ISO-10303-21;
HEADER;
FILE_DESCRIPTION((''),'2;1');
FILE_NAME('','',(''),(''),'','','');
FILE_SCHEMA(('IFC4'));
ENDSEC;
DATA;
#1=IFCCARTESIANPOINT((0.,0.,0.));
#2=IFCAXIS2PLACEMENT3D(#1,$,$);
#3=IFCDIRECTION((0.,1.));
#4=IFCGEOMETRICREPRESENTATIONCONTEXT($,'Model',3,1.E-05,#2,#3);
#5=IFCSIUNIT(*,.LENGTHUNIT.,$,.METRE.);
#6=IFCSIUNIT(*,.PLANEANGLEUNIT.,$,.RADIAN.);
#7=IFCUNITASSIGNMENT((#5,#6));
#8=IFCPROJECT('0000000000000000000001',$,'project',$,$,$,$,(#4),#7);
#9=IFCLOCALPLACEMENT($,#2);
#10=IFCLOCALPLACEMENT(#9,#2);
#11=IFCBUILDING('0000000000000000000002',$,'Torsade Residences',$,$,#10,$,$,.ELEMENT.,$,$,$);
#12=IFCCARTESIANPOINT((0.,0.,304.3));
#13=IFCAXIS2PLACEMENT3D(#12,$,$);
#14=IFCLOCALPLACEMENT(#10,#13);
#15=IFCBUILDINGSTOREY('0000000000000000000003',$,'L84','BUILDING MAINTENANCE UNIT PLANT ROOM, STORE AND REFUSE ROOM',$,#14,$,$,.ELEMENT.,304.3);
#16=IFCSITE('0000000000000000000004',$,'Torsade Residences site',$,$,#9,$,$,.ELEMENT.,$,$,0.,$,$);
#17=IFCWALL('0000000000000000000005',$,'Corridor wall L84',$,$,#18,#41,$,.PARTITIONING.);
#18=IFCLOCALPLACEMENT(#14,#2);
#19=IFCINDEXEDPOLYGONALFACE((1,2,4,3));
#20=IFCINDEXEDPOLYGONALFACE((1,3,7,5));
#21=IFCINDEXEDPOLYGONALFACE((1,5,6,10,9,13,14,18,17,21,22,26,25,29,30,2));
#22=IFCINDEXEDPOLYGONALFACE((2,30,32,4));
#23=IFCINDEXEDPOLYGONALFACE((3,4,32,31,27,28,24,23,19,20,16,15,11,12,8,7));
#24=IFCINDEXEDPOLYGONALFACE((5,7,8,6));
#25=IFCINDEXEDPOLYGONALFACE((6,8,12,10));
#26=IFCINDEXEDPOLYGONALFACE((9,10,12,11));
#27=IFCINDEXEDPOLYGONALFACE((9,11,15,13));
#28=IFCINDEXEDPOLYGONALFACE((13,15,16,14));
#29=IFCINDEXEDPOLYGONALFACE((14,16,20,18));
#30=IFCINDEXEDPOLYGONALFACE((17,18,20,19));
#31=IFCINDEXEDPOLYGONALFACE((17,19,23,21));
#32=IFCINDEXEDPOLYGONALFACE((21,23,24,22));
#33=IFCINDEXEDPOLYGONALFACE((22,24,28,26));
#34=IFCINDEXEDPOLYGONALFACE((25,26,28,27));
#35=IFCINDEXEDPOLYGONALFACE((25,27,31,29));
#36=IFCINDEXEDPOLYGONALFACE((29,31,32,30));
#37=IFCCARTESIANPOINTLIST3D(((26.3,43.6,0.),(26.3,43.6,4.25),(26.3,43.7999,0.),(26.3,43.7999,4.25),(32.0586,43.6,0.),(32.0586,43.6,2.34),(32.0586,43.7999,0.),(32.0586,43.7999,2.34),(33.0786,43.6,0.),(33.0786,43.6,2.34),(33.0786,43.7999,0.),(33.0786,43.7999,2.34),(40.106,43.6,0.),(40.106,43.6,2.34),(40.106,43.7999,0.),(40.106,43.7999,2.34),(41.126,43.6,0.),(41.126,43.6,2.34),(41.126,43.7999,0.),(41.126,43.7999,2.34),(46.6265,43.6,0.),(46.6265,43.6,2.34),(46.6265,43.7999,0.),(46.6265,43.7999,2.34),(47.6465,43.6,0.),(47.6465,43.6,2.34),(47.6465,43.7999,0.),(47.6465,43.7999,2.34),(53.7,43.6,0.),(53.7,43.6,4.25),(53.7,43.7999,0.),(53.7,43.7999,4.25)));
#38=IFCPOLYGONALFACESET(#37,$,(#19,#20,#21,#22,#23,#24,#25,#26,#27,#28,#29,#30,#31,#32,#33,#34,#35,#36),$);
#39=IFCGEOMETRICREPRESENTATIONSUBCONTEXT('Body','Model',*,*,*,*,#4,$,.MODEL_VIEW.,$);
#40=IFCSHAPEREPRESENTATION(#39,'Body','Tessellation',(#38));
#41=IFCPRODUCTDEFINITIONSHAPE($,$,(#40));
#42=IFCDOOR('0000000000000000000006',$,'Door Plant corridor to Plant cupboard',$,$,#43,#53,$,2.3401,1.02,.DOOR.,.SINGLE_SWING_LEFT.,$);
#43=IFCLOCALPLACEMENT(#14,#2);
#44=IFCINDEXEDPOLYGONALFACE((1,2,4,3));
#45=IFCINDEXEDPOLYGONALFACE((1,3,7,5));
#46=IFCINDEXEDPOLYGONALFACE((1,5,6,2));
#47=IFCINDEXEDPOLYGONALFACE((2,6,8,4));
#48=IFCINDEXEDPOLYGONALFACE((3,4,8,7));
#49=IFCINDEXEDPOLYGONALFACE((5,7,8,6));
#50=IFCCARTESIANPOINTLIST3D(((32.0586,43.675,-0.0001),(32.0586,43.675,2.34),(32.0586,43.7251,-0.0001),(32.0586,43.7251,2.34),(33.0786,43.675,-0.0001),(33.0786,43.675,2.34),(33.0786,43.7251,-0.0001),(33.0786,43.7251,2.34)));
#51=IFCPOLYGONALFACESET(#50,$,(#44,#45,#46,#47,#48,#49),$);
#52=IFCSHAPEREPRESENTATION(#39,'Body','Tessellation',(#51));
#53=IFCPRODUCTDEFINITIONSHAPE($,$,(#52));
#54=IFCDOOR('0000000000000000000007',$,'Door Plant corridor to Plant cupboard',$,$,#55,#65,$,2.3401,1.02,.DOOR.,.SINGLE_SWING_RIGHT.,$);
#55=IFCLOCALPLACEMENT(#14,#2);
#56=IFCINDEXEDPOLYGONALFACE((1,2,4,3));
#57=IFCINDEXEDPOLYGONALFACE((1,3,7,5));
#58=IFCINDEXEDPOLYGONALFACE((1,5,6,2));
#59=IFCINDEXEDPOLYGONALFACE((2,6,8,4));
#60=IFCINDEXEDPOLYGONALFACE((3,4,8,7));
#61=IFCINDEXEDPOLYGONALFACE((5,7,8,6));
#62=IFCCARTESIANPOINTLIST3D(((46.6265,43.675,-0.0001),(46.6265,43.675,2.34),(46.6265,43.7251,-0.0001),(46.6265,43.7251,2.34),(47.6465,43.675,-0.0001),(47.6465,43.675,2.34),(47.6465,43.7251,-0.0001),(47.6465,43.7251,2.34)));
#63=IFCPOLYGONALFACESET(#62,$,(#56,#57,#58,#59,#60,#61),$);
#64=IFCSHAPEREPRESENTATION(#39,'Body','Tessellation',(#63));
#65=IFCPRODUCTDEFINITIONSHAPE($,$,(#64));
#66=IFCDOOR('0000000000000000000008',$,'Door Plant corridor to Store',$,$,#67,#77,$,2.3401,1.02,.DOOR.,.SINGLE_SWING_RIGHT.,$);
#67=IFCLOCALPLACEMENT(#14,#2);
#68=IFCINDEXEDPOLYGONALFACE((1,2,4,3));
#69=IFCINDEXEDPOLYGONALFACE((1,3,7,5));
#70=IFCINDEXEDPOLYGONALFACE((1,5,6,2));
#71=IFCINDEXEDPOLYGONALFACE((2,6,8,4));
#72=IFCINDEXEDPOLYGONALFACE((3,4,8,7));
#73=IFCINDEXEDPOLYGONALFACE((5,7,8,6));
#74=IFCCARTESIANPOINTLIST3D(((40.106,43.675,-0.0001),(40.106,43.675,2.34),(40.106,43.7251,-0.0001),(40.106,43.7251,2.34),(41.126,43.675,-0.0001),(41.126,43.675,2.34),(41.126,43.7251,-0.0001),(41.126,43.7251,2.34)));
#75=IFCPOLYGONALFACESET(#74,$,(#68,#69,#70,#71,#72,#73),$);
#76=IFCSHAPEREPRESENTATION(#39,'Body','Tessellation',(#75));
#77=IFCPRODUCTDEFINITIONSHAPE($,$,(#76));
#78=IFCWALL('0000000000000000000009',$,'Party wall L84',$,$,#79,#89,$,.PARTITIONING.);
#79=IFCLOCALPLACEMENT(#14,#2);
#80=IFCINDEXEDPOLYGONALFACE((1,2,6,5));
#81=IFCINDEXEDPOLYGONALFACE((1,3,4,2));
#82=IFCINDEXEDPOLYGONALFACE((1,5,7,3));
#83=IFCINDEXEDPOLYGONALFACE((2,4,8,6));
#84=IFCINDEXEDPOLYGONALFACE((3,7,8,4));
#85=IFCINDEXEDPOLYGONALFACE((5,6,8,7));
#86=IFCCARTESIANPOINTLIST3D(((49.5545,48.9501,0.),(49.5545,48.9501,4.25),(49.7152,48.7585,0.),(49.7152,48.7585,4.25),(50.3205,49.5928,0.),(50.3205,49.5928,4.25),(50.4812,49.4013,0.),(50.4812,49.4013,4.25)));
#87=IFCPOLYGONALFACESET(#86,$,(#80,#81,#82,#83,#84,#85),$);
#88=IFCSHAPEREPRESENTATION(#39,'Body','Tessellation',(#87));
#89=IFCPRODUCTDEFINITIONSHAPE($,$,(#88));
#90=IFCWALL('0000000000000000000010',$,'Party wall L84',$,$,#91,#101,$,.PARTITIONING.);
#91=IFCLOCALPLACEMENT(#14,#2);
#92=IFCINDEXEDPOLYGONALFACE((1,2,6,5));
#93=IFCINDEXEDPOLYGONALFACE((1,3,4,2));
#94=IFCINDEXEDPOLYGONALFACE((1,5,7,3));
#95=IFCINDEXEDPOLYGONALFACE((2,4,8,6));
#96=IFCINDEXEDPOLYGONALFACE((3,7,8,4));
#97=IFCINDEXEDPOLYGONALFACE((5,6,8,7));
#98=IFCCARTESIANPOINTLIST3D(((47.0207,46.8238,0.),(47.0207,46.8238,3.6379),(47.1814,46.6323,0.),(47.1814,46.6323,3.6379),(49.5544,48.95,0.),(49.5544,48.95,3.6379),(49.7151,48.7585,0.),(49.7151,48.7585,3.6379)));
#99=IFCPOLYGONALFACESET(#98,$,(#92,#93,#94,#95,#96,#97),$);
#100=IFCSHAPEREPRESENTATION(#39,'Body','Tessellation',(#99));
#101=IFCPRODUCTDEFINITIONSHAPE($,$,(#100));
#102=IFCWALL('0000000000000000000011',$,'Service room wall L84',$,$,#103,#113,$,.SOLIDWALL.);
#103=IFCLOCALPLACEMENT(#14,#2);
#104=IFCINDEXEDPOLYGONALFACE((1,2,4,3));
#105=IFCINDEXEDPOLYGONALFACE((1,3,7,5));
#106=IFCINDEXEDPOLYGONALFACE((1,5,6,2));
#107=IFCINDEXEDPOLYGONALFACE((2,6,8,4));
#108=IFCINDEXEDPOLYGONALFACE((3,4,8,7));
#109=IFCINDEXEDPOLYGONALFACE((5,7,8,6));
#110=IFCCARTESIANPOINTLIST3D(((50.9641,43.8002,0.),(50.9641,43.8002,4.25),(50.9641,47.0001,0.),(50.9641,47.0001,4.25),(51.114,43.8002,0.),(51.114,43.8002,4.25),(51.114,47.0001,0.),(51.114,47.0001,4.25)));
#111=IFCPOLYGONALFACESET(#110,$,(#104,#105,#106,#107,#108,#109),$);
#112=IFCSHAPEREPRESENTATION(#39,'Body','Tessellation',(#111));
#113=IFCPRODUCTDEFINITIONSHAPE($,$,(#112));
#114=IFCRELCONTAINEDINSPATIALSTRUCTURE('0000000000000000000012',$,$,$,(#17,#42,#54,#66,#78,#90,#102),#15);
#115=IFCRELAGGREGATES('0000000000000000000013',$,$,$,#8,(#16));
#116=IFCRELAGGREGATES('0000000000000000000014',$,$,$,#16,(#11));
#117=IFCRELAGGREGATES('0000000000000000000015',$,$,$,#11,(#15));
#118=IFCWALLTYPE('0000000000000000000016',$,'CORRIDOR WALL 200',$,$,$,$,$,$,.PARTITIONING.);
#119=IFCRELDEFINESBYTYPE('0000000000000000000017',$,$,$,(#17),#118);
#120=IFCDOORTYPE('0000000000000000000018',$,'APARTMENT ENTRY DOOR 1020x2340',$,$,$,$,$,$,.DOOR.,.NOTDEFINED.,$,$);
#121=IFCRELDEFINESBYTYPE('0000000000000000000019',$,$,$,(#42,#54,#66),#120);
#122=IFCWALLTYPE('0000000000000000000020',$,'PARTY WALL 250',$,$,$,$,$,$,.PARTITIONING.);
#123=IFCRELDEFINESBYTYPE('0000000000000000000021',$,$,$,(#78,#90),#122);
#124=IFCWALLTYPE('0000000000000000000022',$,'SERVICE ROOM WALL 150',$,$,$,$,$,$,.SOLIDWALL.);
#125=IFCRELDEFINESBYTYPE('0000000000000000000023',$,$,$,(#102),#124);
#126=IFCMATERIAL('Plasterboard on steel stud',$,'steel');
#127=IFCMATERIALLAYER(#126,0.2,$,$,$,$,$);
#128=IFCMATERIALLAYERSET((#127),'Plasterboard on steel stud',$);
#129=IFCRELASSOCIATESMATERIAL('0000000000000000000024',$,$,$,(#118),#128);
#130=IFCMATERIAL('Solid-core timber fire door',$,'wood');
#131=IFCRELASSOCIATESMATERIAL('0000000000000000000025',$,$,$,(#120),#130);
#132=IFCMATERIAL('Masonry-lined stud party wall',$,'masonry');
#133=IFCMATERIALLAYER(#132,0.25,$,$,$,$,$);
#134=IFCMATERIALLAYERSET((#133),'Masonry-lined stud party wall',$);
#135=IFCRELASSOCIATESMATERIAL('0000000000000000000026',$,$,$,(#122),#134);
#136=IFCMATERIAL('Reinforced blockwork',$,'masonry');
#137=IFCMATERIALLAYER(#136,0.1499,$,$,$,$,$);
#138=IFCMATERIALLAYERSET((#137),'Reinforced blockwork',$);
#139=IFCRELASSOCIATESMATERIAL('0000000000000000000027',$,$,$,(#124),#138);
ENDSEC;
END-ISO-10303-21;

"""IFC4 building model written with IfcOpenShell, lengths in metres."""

from ifc_helpers import new_model, si_unit, direction, frame, frame_2d, origin, place, context, subcontext, project, spatial, rectangle, extrude, material, layer, layer_set, type_object, element, fill, save


model = new_model("IFC4")

# Units and contexts
model_context = context("Model", 3, precision=1e-05, world=origin(), true_north=direction((0.0, 1.0)))
body_context = subcontext(model_context, "Body", "Model", "MODEL_VIEW")
ifc_project = project(units=[si_unit("LENGTHUNIT", "METRE"), si_unit("PLANEANGLEUNIT", "RADIAN")], contexts=[model_context])

# Site, building, storey
site_placement = place(None, origin())
site = spatial("IfcSite", under=ifc_project, at=site_placement, Name="Torsade Residences site", CompositionType="ELEMENT", RefElevation=0.0)
building_placement = place(site_placement, origin())
building = spatial("IfcBuilding", under=site, at=building_placement, Name="Torsade Residences", CompositionType="ELEMENT")
storey_placement = place(building_placement, frame((0.0, 0.0, 304.3)))
storey = spatial("IfcBuildingStorey", under=building, at=storey_placement, Name="L84", Description="BUILDING MAINTENANCE UNIT PLANT ROOM, STORE AND REFUSE ROOM", CompositionType="ELEMENT", Elevation=304.3)

# Wall, openings, doors
ifc_material_1 = material(Name="Plasterboard on steel stud", Category="steel")
ifc_layer_1 = layer(ifc_material_1, 0.2)
ifc_layer_set_1 = layer_set([ifc_layer_1], Name="Plasterboard on steel stud")
wall_type_1 = type_object("IfcWallType", Name="CORRIDOR WALL 200", PredefinedType="PARTITIONING", material=ifc_layer_set_1)
wall_1_placement = place(storey_placement, frame((53.7, 43.7, 0.0), z_axis=(0.0, 0.0, 1.0), x_axis=(-1.0, 0.0, 0.0)))
wall_1 = element("IfcWall", 1, at=wall_1_placement, inside=storey, type_object=wall_type_1, Name="Corridor wall L84", PredefinedType="PARTITIONING", context=body_context, shape_type="SweptSolid", body=[
    extrude(rectangle(XDim=27.3999, YDim=0.2, at=frame_2d((13.7, 0.0))), origin(), (0.0, 0.0, 1.0), 4.25),
])
opening_1_placement = place(wall_1_placement, frame((20.6213, 0.0, 0.0)))
opening_1 = element("IfcOpeningElement", 2, at=opening_1_placement, cuts=wall_1, PredefinedType="OPENING", context=body_context, shape_type="SweptSolid", body=[
    extrude(rectangle(XDim=1.02, YDim=2.3401, at=frame_2d((0.51, 1.1699))), frame((0.0, 0.1099, 0.0), z_axis=(0.0, -1.0, 0.0), x_axis=(1.0, 0.0, 0.0)), (0.0, 0.0, 1.0), 0.22),
])
opening_2_placement = place(wall_1_placement, frame((6.0535, 0.0, 0.0)))
opening_2 = element("IfcOpeningElement", 3, at=opening_2_placement, cuts=wall_1, PredefinedType="OPENING", context=body_context, shape_type="SweptSolid", body=[
    extrude(rectangle(XDim=1.02, YDim=2.3401, at=frame_2d((0.51, 1.1699))), frame((0.0, 0.1099, 0.0), z_axis=(0.0, -1.0, 0.0), x_axis=(1.0, 0.0, 0.0)), (0.0, 0.0, 1.0), 0.22),
])
opening_3_placement = place(wall_1_placement, frame((12.574, 0.0, 0.0)))
opening_3 = element("IfcOpeningElement", 4, at=opening_3_placement, cuts=wall_1, PredefinedType="OPENING", context=body_context, shape_type="SweptSolid", body=[
    extrude(rectangle(XDim=1.02, YDim=2.3401, at=frame_2d((0.51, 1.1699))), frame((0.0, 0.1099, 0.0), z_axis=(0.0, -1.0, 0.0), x_axis=(1.0, 0.0, 0.0)), (0.0, 0.0, 1.0), 0.22),
])
ifc_material_2 = material(Name="Solid-core timber fire door", Category="wood")
door_type = type_object("IfcDoorType", Name="APARTMENT ENTRY DOOR 1020x2340", OperationType="NOTDEFINED", PredefinedType="DOOR", material=ifc_material_2)
door_1_placement = place(opening_1_placement, origin())
door_1 = element("IfcDoor", 5, at=door_1_placement, inside=storey, type_object=door_type, Name="Door Plant corridor to Plant cupboard", OperationType="SINGLE_SWING_LEFT", OverallHeight=2.3401, OverallWidth=1.02, PredefinedType="DOOR", context=body_context, shape_type="SweptSolid", body=[
    extrude(rectangle(XDim=1.02, YDim=2.3401, at=frame_2d((0.51, 1.1699))), frame((0.0, 0.0249, 0.0), z_axis=(0.0, -1.0, 0.0), x_axis=(1.0, 0.0, 0.0)), (0.0, 0.0, 1.0), 0.05),
])
fill(opening_1, door_1)
door_2_placement = place(opening_2_placement, origin())
door_2 = element("IfcDoor", 6, at=door_2_placement, inside=storey, type_object=door_type, Name="Door Plant corridor to Plant cupboard", OperationType="SINGLE_SWING_RIGHT", OverallHeight=2.3401, OverallWidth=1.02, PredefinedType="DOOR", context=body_context, shape_type="SweptSolid", body=[
    extrude(rectangle(XDim=1.02, YDim=2.3401, at=frame_2d((0.51, 1.1699))), frame((0.0, 0.0249, 0.0), z_axis=(0.0, -1.0, 0.0), x_axis=(1.0, 0.0, 0.0)), (0.0, 0.0, 1.0), 0.05),
])
fill(opening_2, door_2)
door_3_placement = place(opening_3_placement, origin())
door_3 = element("IfcDoor", 7, at=door_3_placement, inside=storey, type_object=door_type, Name="Door Plant corridor to Store", OperationType="SINGLE_SWING_RIGHT", OverallHeight=2.3401, OverallWidth=1.02, PredefinedType="DOOR", context=body_context, shape_type="SweptSolid", body=[
    extrude(rectangle(XDim=1.02, YDim=2.3401, at=frame_2d((0.51, 1.1699))), frame((0.0, 0.0249, 0.0), z_axis=(0.0, -1.0, 0.0), x_axis=(1.0, 0.0, 0.0)), (0.0, 0.0, 1.0), 0.05),
])
fill(opening_3, door_3)

# Walls
ifc_material_3 = material(Name="Masonry-lined stud party wall", Category="masonry")
ifc_layer_2 = layer(ifc_material_3, 0.25)
ifc_layer_set_2 = layer_set([ifc_layer_2], Name="Masonry-lined stud party wall")
wall_type_2 = type_object("IfcWallType", Name="PARTY WALL 250", PredefinedType="PARTITIONING", material=ifc_layer_set_2)
wall_2_placement = place(storey_placement, frame((50.4009, 49.4971, 0.0), z_axis=(0.0, 0.0, 1.0), x_axis=(-0.766056, -0.642774, 0.0)))
element("IfcWall", 8, at=wall_2_placement, inside=storey, type_object=wall_type_2, Name="Party wall L84", PredefinedType="PARTITIONING", context=body_context, shape_type="SweptSolid", body=[
    extrude(rectangle(XDim=1.0, YDim=0.25, at=frame_2d((0.5, 0.0))), origin(), (0.0, 0.0, 1.0), 4.25),
])
wall_3_placement = place(storey_placement, frame((49.6348, 48.8542, 0.0), z_axis=(0.0, 0.0, 1.0), x_axis=(-0.766014, -0.642823, 0.0)))
element("IfcWall", 9, at=wall_3_placement, inside=storey, type_object=wall_type_2, Name="Party wall L84", PredefinedType="PARTITIONING", context=body_context, shape_type="SweptSolid", body=[
    extrude(rectangle(XDim=3.3076, YDim=0.25, at=frame_2d((1.6538, 0.0))), origin(), (0.0, 0.0, 1.0), 3.6379),
])
ifc_material_4 = material(Name="Reinforced blockwork", Category="masonry")
ifc_layer_3 = layer(ifc_material_4, 0.1499)
ifc_layer_set_3 = layer_set([ifc_layer_3], Name="Reinforced blockwork")
wall_type_3 = type_object("IfcWallType", Name="SERVICE ROOM WALL 150", PredefinedType="SOLIDWALL", material=ifc_layer_set_3)
wall_4_placement = place(storey_placement, frame((51.0391, 43.8, 0.0), z_axis=(0.0, 0.0, 1.0), x_axis=(0.0, 1.0, 0.0)))
element("IfcWall", 10, at=wall_4_placement, inside=storey, type_object=wall_type_3, Name="Service room wall L84", PredefinedType="SOLIDWALL", context=body_context, shape_type="SweptSolid", body=[
    extrude(rectangle(XDim=3.2, YDim=0.1499, at=frame_2d((1.6001, 0.0))), origin(), (0.0, 0.0, 1.0), 4.25),
])

save(model, "model.ifc")
